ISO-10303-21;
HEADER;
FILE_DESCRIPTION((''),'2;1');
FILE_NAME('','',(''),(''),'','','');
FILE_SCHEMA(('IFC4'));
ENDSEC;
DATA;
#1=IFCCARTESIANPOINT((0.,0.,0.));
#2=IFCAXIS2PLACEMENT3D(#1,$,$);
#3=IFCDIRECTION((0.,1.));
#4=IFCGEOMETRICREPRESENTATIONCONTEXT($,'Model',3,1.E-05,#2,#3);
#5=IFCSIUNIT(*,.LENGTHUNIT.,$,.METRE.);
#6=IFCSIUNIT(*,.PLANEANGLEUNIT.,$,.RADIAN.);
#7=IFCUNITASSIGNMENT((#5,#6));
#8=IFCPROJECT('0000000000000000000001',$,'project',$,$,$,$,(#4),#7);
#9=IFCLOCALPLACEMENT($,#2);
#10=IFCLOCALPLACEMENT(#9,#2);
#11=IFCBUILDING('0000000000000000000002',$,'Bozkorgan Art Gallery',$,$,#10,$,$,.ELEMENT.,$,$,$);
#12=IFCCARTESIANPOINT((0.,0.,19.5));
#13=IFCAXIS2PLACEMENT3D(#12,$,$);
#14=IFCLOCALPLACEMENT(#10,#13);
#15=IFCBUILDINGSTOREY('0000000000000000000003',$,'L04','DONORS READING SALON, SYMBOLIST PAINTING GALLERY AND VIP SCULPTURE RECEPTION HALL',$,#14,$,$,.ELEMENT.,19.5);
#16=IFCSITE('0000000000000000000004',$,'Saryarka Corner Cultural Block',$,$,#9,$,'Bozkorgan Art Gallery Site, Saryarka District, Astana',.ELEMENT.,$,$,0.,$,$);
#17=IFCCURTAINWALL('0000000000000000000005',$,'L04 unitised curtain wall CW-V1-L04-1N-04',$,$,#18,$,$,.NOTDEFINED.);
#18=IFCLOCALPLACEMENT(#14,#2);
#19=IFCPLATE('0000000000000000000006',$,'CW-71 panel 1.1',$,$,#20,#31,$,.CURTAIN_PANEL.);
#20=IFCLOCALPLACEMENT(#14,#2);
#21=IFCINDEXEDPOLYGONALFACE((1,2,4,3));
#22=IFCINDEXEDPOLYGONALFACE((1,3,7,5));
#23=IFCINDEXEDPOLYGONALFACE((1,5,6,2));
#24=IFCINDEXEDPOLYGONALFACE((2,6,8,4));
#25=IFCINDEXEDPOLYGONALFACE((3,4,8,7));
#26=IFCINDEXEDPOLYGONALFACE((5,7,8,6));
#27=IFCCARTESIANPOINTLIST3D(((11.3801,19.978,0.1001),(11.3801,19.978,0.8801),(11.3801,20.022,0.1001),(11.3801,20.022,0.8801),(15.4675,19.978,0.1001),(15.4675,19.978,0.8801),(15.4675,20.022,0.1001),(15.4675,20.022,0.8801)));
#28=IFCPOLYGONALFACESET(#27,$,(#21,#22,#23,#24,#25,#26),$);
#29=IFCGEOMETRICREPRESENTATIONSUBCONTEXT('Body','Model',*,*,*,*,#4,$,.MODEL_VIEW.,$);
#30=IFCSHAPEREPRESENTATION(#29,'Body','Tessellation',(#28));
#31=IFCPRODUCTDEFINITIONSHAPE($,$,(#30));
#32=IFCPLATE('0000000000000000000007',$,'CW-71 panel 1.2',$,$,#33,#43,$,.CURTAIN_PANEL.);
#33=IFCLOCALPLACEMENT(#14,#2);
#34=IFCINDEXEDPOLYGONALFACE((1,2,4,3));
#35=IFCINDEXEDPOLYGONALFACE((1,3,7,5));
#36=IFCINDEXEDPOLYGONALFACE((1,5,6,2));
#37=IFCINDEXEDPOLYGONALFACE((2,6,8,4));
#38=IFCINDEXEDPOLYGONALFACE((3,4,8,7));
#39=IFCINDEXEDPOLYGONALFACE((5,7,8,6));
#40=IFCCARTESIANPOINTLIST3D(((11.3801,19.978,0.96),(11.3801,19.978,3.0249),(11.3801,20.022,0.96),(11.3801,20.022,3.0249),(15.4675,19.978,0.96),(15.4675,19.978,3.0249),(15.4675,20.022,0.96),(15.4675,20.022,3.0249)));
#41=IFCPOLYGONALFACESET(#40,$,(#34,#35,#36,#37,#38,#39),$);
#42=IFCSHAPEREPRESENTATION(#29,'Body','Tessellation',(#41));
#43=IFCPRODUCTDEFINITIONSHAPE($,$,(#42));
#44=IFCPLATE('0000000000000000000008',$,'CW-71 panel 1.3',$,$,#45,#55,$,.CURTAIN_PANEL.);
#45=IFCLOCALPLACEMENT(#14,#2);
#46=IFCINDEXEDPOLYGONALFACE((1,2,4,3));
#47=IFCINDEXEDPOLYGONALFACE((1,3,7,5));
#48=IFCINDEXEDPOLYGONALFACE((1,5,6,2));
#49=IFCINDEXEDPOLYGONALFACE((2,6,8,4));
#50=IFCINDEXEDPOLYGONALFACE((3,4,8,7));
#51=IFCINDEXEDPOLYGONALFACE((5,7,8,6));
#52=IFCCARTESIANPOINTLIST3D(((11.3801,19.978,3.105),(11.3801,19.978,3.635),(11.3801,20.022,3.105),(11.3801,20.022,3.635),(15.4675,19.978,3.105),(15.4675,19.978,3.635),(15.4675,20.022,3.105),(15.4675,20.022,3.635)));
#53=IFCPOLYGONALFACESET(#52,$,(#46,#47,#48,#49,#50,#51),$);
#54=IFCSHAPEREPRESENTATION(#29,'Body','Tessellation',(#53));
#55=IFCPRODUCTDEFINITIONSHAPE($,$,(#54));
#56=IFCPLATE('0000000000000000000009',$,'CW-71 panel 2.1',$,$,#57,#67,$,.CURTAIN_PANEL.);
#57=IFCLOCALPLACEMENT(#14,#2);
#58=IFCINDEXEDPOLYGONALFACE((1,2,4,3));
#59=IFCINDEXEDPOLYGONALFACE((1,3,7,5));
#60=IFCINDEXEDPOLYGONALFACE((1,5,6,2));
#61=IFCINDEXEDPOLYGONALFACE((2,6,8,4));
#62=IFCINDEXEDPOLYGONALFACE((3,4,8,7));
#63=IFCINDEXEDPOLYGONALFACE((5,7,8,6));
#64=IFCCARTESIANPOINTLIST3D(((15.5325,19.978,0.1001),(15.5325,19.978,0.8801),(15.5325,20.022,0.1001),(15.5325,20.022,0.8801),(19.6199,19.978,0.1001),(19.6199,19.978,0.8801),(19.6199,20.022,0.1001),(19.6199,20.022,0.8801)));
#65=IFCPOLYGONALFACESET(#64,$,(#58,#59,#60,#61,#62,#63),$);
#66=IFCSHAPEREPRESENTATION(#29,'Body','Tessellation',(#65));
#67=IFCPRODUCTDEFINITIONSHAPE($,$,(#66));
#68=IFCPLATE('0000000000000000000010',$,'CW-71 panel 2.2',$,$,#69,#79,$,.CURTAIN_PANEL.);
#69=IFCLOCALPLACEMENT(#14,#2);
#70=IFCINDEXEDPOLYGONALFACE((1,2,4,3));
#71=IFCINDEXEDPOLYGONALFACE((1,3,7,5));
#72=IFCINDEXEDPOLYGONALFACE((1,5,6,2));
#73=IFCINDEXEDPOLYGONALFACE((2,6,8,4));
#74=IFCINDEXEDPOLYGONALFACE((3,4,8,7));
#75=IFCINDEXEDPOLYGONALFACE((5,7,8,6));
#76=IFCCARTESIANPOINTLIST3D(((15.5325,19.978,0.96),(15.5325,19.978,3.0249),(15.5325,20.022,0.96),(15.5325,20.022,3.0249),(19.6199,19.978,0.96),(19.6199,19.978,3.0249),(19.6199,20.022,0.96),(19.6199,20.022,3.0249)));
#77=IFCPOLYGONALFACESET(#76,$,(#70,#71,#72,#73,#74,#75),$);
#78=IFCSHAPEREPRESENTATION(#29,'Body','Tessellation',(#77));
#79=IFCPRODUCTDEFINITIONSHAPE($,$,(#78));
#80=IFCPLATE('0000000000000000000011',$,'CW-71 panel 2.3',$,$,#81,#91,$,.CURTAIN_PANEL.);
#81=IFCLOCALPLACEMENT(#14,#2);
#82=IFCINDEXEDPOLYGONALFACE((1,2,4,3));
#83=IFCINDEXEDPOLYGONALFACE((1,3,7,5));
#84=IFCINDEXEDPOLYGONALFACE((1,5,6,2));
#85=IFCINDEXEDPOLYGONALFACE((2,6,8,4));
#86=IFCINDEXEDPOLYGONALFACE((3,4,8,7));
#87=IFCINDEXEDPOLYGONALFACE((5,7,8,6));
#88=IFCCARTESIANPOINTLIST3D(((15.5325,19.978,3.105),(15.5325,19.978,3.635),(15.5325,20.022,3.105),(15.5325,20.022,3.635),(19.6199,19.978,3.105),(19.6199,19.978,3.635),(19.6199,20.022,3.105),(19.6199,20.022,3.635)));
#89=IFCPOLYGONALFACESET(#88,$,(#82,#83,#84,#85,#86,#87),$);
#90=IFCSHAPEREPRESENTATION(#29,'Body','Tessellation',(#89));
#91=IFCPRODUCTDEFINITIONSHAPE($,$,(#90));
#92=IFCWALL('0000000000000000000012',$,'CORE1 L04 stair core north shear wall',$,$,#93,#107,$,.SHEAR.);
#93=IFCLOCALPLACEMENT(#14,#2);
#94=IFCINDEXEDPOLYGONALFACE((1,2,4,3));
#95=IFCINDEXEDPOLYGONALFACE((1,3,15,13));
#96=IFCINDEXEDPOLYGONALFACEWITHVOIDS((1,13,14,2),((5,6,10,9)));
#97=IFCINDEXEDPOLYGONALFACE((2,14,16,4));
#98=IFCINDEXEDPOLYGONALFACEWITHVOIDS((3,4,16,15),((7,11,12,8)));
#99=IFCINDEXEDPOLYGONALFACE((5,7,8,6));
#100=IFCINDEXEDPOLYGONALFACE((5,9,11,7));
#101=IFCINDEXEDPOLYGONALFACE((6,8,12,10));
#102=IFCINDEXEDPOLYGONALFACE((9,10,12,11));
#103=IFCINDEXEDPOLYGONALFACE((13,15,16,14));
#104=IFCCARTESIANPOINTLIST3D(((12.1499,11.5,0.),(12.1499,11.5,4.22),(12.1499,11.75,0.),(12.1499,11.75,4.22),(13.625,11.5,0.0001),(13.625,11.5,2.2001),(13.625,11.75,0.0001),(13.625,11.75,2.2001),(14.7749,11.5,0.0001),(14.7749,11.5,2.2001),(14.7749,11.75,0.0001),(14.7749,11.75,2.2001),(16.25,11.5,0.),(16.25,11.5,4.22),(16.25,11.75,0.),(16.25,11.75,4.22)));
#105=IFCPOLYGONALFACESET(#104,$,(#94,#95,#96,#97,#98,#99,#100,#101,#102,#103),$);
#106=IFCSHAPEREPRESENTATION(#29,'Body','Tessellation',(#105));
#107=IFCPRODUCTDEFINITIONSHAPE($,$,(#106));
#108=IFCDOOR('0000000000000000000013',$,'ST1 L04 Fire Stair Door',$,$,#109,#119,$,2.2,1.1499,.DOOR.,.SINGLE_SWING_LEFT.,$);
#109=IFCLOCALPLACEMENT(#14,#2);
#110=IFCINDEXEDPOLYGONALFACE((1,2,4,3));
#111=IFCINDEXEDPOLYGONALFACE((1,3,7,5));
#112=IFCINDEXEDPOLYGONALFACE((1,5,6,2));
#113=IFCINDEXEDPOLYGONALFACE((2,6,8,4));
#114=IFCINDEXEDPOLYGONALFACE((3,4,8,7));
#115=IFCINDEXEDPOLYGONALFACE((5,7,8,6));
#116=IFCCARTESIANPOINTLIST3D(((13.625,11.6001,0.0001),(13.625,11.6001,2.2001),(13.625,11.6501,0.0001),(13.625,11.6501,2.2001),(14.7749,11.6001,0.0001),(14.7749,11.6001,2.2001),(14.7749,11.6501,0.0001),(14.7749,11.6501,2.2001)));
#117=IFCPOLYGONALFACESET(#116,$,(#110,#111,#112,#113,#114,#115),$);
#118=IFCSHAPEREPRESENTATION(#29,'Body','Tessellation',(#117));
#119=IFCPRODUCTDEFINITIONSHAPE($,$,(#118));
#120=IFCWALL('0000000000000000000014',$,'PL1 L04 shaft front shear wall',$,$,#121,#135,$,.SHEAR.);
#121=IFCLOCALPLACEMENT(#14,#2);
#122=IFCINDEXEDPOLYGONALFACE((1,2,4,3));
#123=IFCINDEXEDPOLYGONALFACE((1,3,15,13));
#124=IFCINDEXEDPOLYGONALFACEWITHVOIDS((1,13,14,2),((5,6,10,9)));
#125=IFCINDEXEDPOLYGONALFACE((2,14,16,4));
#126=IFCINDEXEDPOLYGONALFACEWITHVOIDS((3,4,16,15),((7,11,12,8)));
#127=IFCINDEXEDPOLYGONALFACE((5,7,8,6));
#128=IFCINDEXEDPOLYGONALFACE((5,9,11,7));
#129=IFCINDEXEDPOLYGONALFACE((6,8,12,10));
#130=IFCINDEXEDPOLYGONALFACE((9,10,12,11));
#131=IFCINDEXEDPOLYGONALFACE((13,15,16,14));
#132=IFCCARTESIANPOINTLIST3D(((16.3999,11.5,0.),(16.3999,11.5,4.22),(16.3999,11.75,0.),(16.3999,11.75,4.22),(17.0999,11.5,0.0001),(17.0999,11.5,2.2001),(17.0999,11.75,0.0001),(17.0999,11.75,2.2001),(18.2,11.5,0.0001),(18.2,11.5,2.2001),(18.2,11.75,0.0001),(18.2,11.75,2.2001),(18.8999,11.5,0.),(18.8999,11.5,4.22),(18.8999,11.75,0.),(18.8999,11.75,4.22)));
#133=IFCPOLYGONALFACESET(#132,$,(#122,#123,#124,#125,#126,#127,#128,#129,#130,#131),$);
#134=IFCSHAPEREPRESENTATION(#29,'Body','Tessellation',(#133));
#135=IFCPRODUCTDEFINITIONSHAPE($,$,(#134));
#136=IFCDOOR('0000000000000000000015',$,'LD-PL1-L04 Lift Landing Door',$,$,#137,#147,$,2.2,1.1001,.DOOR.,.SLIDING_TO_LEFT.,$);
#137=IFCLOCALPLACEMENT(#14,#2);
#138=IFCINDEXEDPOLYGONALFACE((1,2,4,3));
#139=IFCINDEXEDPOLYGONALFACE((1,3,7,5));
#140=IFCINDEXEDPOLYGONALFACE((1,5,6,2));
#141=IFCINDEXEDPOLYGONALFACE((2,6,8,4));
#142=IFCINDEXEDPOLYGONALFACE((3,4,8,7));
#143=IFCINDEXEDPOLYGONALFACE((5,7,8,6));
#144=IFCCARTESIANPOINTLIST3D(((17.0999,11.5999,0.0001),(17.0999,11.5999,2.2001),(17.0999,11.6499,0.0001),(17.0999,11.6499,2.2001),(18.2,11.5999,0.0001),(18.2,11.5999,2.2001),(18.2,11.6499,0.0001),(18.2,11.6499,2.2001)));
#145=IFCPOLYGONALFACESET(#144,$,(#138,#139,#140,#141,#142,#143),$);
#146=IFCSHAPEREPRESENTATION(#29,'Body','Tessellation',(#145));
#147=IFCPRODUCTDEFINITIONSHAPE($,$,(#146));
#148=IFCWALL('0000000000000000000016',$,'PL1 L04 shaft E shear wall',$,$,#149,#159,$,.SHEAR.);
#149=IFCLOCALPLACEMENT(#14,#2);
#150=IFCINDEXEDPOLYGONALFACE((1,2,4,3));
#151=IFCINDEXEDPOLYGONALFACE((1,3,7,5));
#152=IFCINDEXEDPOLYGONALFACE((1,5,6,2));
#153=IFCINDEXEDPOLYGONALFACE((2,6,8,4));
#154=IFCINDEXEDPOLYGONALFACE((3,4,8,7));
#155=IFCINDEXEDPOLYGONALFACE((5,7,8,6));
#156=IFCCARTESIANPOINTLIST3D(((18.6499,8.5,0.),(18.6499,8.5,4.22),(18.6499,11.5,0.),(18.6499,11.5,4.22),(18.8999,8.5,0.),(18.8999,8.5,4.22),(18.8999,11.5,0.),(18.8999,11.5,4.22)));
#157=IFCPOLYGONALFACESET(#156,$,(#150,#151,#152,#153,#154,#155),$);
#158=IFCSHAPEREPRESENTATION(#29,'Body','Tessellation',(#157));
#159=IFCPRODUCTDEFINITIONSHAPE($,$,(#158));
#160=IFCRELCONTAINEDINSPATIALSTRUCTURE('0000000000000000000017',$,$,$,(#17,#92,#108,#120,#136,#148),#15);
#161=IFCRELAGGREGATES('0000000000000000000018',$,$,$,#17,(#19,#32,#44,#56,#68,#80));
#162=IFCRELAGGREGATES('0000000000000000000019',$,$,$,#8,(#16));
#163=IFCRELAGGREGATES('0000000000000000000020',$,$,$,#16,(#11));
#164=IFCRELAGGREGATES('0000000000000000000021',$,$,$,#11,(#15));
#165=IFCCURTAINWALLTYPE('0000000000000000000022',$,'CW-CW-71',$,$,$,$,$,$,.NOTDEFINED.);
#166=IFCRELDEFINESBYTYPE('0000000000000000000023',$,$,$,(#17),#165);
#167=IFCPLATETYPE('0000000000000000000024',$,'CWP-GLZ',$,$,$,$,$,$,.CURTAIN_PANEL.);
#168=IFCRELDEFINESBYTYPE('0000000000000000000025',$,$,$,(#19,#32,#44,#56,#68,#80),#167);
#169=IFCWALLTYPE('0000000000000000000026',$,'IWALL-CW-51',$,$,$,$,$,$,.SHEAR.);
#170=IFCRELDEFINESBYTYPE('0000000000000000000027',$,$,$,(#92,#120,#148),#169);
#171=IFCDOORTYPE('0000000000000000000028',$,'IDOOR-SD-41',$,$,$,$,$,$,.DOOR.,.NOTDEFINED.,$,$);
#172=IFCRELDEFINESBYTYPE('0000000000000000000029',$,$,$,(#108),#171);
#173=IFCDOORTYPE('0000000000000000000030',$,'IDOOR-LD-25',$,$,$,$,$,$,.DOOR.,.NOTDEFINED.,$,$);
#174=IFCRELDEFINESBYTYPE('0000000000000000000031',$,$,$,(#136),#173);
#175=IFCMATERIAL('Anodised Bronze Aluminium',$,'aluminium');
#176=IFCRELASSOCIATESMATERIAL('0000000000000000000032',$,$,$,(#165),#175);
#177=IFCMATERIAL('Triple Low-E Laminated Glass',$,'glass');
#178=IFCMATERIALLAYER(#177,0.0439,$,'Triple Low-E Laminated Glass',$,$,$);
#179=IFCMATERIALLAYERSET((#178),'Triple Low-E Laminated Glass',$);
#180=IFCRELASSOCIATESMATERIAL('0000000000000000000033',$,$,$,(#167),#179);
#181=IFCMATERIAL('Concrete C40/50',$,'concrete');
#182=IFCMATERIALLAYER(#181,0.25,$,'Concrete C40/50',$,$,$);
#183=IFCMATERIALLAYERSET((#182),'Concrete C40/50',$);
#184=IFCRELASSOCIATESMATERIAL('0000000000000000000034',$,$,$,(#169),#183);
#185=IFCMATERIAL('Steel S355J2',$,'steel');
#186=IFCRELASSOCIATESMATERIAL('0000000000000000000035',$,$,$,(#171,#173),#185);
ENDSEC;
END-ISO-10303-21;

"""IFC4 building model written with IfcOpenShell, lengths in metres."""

from ifc_helpers import new_model, si_unit, direction, frame, frame_2d, origin, origin_2d, place, context, subcontext, project, spatial, rectangle, extrude, material, layer, layer_set, type_object, element, fill, aggregate, save


model = new_model("IFC4")

# Units and contexts
model_context = context("Model", 3, precision=1e-05, world=origin(), true_north=direction((0.0, 1.0)))
body_context = subcontext(model_context, "Body", "Model", "MODEL_VIEW")
ifc_project = project(units=[si_unit("LENGTHUNIT", "METRE"), si_unit("PLANEANGLEUNIT", "RADIAN")], contexts=[model_context])

# Site, building, storey
site_placement = place(None, origin())
site = spatial("IfcSite", under=ifc_project, at=site_placement, Name="Saryarka Corner Cultural Block", LongName="Bozkorgan Art Gallery Site, Saryarka District, Astana", CompositionType="ELEMENT", RefElevation=0.0)
building_placement = place(site_placement, origin())
building = spatial("IfcBuilding", under=site, at=building_placement, Name="Bozkorgan Art Gallery", CompositionType="ELEMENT")
storey_placement = place(building_placement, frame((0.0, 0.0, 19.5)))
storey = spatial("IfcBuildingStorey", under=building, at=storey_placement, Name="L04", Description="DONORS READING SALON, SYMBOLIST PAINTING GALLERY AND VIP SCULPTURE RECEPTION HALL", CompositionType="ELEMENT", Elevation=19.5)

# Shared definitions
ifc_material_1 = material(Name="Steel S355J2", Category="steel")

# Curtain wall, plates
ifc_material_2 = material(Name="Anodised Bronze Aluminium", Category="aluminium")
curtain_wall_type = type_object("IfcCurtainWallType", Name="CW-CW-71", PredefinedType="NOTDEFINED", material=ifc_material_2)
curtain_wall_placement = place(storey_placement, origin())
curtain_wall = element("IfcCurtainWall", 1, at=curtain_wall_placement, inside=storey, type_object=curtain_wall_type, Name="L04 unitised curtain wall CW-V1-L04-1N-04", PredefinedType="NOTDEFINED")
ifc_material_3 = material(Name="Triple Low-E Laminated Glass", Category="glass")
ifc_layer_1 = layer(ifc_material_3, 0.0439, Name="Triple Low-E Laminated Glass")
ifc_layer_set_1 = layer_set([ifc_layer_1], Name="Triple Low-E Laminated Glass")
plate_type = type_object("IfcPlateType", Name="CWP-GLZ", PredefinedType="CURTAIN_PANEL", material=ifc_layer_set_1)
plate_1_placement = place(storey_placement, frame((13.4238, 20.0, 0.1001), z_axis=(0.0, 0.0, 1.0), x_axis=(1.0, 0.0, 0.0)))
plate_1 = element("IfcPlate", 2, at=plate_1_placement, type_object=plate_type, Name="CW-71 panel 1.1", PredefinedType="CURTAIN_PANEL", context=body_context, shape_type="SweptSolid", body=[
    extrude(rectangle(XDim=4.0874, YDim=0.0439, at=origin_2d()), origin(), (0.0, 0.0, 1.0), 0.78),
])
plate_2_placement = place(storey_placement, frame((13.4238, 20.0, 0.96), z_axis=(0.0, 0.0, 1.0), x_axis=(1.0, 0.0, 0.0)))
plate_2 = element("IfcPlate", 3, at=plate_2_placement, type_object=plate_type, Name="CW-71 panel 1.2", PredefinedType="CURTAIN_PANEL", context=body_context, shape_type="SweptSolid", body=[
    extrude(rectangle(XDim=4.0874, YDim=0.0439, at=origin_2d()), origin(), (0.0, 0.0, 1.0), 2.0649),
])
plate_3_placement = place(storey_placement, frame((13.4238, 20.0, 3.105), z_axis=(0.0, 0.0, 1.0), x_axis=(1.0, 0.0, 0.0)))
plate_3 = element("IfcPlate", 4, at=plate_3_placement, type_object=plate_type, Name="CW-71 panel 1.3", PredefinedType="CURTAIN_PANEL", context=body_context, shape_type="SweptSolid", body=[
    extrude(rectangle(XDim=4.0874, YDim=0.0439, at=origin_2d()), origin(), (0.0, 0.0, 1.0), 0.53),
])
plate_4_placement = place(storey_placement, frame((17.5762, 20.0, 0.1001), z_axis=(0.0, 0.0, 1.0), x_axis=(1.0, 0.0, 0.0)))
plate_4 = element("IfcPlate", 5, at=plate_4_placement, type_object=plate_type, Name="CW-71 panel 2.1", PredefinedType="CURTAIN_PANEL", context=body_context, shape_type="SweptSolid", body=[
    extrude(rectangle(XDim=4.0874, YDim=0.0439, at=origin_2d()), origin(), (0.0, 0.0, 1.0), 0.78),
])
plate_5_placement = place(storey_placement, frame((17.5762, 20.0, 0.96), z_axis=(0.0, 0.0, 1.0), x_axis=(1.0, 0.0, 0.0)))
plate_5 = element("IfcPlate", 6, at=plate_5_placement, type_object=plate_type, Name="CW-71 panel 2.2", PredefinedType="CURTAIN_PANEL", context=body_context, shape_type="SweptSolid", body=[
    extrude(rectangle(XDim=4.0874, YDim=0.0439, at=origin_2d()), origin(), (0.0, 0.0, 1.0), 2.0649),
])
plate_6_placement = place(storey_placement, frame((17.5762, 20.0, 3.105), z_axis=(0.0, 0.0, 1.0), x_axis=(1.0, 0.0, 0.0)))
plate_6 = element("IfcPlate", 7, at=plate_6_placement, type_object=plate_type, Name="CW-71 panel 2.3", PredefinedType="CURTAIN_PANEL", context=body_context, shape_type="SweptSolid", body=[
    extrude(rectangle(XDim=4.0874, YDim=0.0439, at=origin_2d()), origin(), (0.0, 0.0, 1.0), 0.53),
])
aggregate(curtain_wall, [plate_1, plate_2, plate_3, plate_4, plate_5, plate_6])

# Walls, openings, doors
ifc_material_4 = material(Name="Concrete C40/50", Category="concrete")
ifc_layer_2 = layer(ifc_material_4, 0.25, Name="Concrete C40/50")
ifc_layer_set_2 = layer_set([ifc_layer_2], Name="Concrete C40/50")
wall_type_1 = type_object("IfcWallType", Name="IWALL-CW-51", PredefinedType="SHEAR", material=ifc_layer_set_2)
wall_1_placement = place(storey_placement, frame((12.1499, 11.625, 0.0), z_axis=(0.0, 0.0, 1.0), x_axis=(1.0, 0.0, 0.0)))
wall_1 = element("IfcWall", 8, at=wall_1_placement, inside=storey, type_object=wall_type_1, Name="CORE1 L04 stair core north shear wall", PredefinedType="SHEAR", context=body_context, shape_type="SweptSolid", body=[
    extrude(rectangle(XDim=4.1001, YDim=0.25, at=frame_2d((2.05, 0.0))), origin(), (0.0, 0.0, 1.0), 4.22),
])
opening_1_placement = place(wall_1_placement, frame((2.625, 0.0, 0.0), z_axis=(0.0, 0.0, 1.0), x_axis=(-1.0, 0.0, 0.0)))
opening_1 = element("IfcOpeningElement", 9, at=opening_1_placement, cuts=wall_1, PredefinedType="OPENING", context=body_context, shape_type="SweptSolid", body=[
    extrude(rectangle(XDim=1.1499, YDim=2.2, at=frame_2d((0.575, 1.1001))), frame((0.0, 0.135, 0.0), z_axis=(0.0, -1.0, 0.0), x_axis=(1.0, 0.0, 0.0)), (0.0, 0.0, 1.0), 0.27),
])
door_type_1 = type_object("IfcDoorType", Name="IDOOR-SD-41", OperationType="NOTDEFINED", PredefinedType="DOOR", material=ifc_material_1)
door_1_placement = place(opening_1_placement, origin())
door_1 = element("IfcDoor", 10, at=door_1_placement, inside=storey, type_object=door_type_1, Name="ST1 L04 Fire Stair Door", OperationType="SINGLE_SWING_LEFT", OverallHeight=2.2, OverallWidth=1.1499, PredefinedType="DOOR", context=body_context, shape_type="SweptSolid", body=[
    extrude(rectangle(XDim=1.1499, YDim=2.2, at=frame_2d((0.575, 1.1001))), frame((0.0, 0.0249, 0.0), z_axis=(0.0, -1.0, 0.0), x_axis=(1.0, 0.0, 0.0)), (0.0, 0.0, 1.0), 0.05),
])
fill(opening_1, door_1)
wall_2_placement = place(storey_placement, frame((16.3999, 11.625, 0.0), z_axis=(0.0, 0.0, 1.0), x_axis=(1.0, 0.0, 0.0)))
wall_2 = element("IfcWall", 11, at=wall_2_placement, inside=storey, type_object=wall_type_1, Name="PL1 L04 shaft front shear wall", PredefinedType="SHEAR", context=body_context, shape_type="SweptSolid", body=[
    extrude(rectangle(XDim=2.5, YDim=0.25, at=frame_2d((1.25, 0.0))), origin(), (0.0, 0.0, 1.0), 4.22),
])
opening_2_placement = place(wall_2_placement, frame((0.7, 0.0, 0.0)))
opening_2 = element("IfcOpeningElement", 12, at=opening_2_placement, cuts=wall_2, PredefinedType="OPENING", context=body_context, shape_type="SweptSolid", body=[
    extrude(rectangle(XDim=1.1001, YDim=2.2, at=frame_2d((0.55, 1.1001))), frame((0.0, 0.135, 0.0), z_axis=(0.0, -1.0, 0.0), x_axis=(1.0, 0.0, 0.0)), (0.0, 0.0, 1.0), 0.27),
])
door_type_2 = type_object("IfcDoorType", Name="IDOOR-LD-25", OperationType="NOTDEFINED", PredefinedType="DOOR", material=ifc_material_1)
door_2_placement = place(opening_2_placement, origin())
door_2 = element("IfcDoor", 13, at=door_2_placement, inside=storey, type_object=door_type_2, Name="LD-PL1-L04 Lift Landing Door", OperationType="SLIDING_TO_LEFT", OverallHeight=2.2, OverallWidth=1.1001, PredefinedType="DOOR", context=body_context, shape_type="SweptSolid", body=[
    extrude(rectangle(XDim=1.1001, YDim=2.2, at=frame_2d((0.55, 1.1001))), frame((0.0, 0.0249, 0.0), z_axis=(0.0, -1.0, 0.0), x_axis=(1.0, 0.0, 0.0)), (0.0, 0.0, 1.0), 0.05),
])
fill(opening_2, door_2)

# Wall
wall_3_placement = place(storey_placement, frame((18.7749, 8.5, 0.0), z_axis=(0.0, 0.0, 1.0), x_axis=(0.0, 1.0, 0.0)))
element("IfcWall", 14, at=wall_3_placement, inside=storey, type_object=wall_type_1, Name="PL1 L04 shaft E shear wall", PredefinedType="SHEAR", context=body_context, shape_type="SweptSolid", body=[
    extrude(rectangle(XDim=3.0, YDim=0.25, at=frame_2d((1.5, 0.0))), origin(), (0.0, 0.0, 1.0), 4.22),
])

save(model, "model.ifc")
